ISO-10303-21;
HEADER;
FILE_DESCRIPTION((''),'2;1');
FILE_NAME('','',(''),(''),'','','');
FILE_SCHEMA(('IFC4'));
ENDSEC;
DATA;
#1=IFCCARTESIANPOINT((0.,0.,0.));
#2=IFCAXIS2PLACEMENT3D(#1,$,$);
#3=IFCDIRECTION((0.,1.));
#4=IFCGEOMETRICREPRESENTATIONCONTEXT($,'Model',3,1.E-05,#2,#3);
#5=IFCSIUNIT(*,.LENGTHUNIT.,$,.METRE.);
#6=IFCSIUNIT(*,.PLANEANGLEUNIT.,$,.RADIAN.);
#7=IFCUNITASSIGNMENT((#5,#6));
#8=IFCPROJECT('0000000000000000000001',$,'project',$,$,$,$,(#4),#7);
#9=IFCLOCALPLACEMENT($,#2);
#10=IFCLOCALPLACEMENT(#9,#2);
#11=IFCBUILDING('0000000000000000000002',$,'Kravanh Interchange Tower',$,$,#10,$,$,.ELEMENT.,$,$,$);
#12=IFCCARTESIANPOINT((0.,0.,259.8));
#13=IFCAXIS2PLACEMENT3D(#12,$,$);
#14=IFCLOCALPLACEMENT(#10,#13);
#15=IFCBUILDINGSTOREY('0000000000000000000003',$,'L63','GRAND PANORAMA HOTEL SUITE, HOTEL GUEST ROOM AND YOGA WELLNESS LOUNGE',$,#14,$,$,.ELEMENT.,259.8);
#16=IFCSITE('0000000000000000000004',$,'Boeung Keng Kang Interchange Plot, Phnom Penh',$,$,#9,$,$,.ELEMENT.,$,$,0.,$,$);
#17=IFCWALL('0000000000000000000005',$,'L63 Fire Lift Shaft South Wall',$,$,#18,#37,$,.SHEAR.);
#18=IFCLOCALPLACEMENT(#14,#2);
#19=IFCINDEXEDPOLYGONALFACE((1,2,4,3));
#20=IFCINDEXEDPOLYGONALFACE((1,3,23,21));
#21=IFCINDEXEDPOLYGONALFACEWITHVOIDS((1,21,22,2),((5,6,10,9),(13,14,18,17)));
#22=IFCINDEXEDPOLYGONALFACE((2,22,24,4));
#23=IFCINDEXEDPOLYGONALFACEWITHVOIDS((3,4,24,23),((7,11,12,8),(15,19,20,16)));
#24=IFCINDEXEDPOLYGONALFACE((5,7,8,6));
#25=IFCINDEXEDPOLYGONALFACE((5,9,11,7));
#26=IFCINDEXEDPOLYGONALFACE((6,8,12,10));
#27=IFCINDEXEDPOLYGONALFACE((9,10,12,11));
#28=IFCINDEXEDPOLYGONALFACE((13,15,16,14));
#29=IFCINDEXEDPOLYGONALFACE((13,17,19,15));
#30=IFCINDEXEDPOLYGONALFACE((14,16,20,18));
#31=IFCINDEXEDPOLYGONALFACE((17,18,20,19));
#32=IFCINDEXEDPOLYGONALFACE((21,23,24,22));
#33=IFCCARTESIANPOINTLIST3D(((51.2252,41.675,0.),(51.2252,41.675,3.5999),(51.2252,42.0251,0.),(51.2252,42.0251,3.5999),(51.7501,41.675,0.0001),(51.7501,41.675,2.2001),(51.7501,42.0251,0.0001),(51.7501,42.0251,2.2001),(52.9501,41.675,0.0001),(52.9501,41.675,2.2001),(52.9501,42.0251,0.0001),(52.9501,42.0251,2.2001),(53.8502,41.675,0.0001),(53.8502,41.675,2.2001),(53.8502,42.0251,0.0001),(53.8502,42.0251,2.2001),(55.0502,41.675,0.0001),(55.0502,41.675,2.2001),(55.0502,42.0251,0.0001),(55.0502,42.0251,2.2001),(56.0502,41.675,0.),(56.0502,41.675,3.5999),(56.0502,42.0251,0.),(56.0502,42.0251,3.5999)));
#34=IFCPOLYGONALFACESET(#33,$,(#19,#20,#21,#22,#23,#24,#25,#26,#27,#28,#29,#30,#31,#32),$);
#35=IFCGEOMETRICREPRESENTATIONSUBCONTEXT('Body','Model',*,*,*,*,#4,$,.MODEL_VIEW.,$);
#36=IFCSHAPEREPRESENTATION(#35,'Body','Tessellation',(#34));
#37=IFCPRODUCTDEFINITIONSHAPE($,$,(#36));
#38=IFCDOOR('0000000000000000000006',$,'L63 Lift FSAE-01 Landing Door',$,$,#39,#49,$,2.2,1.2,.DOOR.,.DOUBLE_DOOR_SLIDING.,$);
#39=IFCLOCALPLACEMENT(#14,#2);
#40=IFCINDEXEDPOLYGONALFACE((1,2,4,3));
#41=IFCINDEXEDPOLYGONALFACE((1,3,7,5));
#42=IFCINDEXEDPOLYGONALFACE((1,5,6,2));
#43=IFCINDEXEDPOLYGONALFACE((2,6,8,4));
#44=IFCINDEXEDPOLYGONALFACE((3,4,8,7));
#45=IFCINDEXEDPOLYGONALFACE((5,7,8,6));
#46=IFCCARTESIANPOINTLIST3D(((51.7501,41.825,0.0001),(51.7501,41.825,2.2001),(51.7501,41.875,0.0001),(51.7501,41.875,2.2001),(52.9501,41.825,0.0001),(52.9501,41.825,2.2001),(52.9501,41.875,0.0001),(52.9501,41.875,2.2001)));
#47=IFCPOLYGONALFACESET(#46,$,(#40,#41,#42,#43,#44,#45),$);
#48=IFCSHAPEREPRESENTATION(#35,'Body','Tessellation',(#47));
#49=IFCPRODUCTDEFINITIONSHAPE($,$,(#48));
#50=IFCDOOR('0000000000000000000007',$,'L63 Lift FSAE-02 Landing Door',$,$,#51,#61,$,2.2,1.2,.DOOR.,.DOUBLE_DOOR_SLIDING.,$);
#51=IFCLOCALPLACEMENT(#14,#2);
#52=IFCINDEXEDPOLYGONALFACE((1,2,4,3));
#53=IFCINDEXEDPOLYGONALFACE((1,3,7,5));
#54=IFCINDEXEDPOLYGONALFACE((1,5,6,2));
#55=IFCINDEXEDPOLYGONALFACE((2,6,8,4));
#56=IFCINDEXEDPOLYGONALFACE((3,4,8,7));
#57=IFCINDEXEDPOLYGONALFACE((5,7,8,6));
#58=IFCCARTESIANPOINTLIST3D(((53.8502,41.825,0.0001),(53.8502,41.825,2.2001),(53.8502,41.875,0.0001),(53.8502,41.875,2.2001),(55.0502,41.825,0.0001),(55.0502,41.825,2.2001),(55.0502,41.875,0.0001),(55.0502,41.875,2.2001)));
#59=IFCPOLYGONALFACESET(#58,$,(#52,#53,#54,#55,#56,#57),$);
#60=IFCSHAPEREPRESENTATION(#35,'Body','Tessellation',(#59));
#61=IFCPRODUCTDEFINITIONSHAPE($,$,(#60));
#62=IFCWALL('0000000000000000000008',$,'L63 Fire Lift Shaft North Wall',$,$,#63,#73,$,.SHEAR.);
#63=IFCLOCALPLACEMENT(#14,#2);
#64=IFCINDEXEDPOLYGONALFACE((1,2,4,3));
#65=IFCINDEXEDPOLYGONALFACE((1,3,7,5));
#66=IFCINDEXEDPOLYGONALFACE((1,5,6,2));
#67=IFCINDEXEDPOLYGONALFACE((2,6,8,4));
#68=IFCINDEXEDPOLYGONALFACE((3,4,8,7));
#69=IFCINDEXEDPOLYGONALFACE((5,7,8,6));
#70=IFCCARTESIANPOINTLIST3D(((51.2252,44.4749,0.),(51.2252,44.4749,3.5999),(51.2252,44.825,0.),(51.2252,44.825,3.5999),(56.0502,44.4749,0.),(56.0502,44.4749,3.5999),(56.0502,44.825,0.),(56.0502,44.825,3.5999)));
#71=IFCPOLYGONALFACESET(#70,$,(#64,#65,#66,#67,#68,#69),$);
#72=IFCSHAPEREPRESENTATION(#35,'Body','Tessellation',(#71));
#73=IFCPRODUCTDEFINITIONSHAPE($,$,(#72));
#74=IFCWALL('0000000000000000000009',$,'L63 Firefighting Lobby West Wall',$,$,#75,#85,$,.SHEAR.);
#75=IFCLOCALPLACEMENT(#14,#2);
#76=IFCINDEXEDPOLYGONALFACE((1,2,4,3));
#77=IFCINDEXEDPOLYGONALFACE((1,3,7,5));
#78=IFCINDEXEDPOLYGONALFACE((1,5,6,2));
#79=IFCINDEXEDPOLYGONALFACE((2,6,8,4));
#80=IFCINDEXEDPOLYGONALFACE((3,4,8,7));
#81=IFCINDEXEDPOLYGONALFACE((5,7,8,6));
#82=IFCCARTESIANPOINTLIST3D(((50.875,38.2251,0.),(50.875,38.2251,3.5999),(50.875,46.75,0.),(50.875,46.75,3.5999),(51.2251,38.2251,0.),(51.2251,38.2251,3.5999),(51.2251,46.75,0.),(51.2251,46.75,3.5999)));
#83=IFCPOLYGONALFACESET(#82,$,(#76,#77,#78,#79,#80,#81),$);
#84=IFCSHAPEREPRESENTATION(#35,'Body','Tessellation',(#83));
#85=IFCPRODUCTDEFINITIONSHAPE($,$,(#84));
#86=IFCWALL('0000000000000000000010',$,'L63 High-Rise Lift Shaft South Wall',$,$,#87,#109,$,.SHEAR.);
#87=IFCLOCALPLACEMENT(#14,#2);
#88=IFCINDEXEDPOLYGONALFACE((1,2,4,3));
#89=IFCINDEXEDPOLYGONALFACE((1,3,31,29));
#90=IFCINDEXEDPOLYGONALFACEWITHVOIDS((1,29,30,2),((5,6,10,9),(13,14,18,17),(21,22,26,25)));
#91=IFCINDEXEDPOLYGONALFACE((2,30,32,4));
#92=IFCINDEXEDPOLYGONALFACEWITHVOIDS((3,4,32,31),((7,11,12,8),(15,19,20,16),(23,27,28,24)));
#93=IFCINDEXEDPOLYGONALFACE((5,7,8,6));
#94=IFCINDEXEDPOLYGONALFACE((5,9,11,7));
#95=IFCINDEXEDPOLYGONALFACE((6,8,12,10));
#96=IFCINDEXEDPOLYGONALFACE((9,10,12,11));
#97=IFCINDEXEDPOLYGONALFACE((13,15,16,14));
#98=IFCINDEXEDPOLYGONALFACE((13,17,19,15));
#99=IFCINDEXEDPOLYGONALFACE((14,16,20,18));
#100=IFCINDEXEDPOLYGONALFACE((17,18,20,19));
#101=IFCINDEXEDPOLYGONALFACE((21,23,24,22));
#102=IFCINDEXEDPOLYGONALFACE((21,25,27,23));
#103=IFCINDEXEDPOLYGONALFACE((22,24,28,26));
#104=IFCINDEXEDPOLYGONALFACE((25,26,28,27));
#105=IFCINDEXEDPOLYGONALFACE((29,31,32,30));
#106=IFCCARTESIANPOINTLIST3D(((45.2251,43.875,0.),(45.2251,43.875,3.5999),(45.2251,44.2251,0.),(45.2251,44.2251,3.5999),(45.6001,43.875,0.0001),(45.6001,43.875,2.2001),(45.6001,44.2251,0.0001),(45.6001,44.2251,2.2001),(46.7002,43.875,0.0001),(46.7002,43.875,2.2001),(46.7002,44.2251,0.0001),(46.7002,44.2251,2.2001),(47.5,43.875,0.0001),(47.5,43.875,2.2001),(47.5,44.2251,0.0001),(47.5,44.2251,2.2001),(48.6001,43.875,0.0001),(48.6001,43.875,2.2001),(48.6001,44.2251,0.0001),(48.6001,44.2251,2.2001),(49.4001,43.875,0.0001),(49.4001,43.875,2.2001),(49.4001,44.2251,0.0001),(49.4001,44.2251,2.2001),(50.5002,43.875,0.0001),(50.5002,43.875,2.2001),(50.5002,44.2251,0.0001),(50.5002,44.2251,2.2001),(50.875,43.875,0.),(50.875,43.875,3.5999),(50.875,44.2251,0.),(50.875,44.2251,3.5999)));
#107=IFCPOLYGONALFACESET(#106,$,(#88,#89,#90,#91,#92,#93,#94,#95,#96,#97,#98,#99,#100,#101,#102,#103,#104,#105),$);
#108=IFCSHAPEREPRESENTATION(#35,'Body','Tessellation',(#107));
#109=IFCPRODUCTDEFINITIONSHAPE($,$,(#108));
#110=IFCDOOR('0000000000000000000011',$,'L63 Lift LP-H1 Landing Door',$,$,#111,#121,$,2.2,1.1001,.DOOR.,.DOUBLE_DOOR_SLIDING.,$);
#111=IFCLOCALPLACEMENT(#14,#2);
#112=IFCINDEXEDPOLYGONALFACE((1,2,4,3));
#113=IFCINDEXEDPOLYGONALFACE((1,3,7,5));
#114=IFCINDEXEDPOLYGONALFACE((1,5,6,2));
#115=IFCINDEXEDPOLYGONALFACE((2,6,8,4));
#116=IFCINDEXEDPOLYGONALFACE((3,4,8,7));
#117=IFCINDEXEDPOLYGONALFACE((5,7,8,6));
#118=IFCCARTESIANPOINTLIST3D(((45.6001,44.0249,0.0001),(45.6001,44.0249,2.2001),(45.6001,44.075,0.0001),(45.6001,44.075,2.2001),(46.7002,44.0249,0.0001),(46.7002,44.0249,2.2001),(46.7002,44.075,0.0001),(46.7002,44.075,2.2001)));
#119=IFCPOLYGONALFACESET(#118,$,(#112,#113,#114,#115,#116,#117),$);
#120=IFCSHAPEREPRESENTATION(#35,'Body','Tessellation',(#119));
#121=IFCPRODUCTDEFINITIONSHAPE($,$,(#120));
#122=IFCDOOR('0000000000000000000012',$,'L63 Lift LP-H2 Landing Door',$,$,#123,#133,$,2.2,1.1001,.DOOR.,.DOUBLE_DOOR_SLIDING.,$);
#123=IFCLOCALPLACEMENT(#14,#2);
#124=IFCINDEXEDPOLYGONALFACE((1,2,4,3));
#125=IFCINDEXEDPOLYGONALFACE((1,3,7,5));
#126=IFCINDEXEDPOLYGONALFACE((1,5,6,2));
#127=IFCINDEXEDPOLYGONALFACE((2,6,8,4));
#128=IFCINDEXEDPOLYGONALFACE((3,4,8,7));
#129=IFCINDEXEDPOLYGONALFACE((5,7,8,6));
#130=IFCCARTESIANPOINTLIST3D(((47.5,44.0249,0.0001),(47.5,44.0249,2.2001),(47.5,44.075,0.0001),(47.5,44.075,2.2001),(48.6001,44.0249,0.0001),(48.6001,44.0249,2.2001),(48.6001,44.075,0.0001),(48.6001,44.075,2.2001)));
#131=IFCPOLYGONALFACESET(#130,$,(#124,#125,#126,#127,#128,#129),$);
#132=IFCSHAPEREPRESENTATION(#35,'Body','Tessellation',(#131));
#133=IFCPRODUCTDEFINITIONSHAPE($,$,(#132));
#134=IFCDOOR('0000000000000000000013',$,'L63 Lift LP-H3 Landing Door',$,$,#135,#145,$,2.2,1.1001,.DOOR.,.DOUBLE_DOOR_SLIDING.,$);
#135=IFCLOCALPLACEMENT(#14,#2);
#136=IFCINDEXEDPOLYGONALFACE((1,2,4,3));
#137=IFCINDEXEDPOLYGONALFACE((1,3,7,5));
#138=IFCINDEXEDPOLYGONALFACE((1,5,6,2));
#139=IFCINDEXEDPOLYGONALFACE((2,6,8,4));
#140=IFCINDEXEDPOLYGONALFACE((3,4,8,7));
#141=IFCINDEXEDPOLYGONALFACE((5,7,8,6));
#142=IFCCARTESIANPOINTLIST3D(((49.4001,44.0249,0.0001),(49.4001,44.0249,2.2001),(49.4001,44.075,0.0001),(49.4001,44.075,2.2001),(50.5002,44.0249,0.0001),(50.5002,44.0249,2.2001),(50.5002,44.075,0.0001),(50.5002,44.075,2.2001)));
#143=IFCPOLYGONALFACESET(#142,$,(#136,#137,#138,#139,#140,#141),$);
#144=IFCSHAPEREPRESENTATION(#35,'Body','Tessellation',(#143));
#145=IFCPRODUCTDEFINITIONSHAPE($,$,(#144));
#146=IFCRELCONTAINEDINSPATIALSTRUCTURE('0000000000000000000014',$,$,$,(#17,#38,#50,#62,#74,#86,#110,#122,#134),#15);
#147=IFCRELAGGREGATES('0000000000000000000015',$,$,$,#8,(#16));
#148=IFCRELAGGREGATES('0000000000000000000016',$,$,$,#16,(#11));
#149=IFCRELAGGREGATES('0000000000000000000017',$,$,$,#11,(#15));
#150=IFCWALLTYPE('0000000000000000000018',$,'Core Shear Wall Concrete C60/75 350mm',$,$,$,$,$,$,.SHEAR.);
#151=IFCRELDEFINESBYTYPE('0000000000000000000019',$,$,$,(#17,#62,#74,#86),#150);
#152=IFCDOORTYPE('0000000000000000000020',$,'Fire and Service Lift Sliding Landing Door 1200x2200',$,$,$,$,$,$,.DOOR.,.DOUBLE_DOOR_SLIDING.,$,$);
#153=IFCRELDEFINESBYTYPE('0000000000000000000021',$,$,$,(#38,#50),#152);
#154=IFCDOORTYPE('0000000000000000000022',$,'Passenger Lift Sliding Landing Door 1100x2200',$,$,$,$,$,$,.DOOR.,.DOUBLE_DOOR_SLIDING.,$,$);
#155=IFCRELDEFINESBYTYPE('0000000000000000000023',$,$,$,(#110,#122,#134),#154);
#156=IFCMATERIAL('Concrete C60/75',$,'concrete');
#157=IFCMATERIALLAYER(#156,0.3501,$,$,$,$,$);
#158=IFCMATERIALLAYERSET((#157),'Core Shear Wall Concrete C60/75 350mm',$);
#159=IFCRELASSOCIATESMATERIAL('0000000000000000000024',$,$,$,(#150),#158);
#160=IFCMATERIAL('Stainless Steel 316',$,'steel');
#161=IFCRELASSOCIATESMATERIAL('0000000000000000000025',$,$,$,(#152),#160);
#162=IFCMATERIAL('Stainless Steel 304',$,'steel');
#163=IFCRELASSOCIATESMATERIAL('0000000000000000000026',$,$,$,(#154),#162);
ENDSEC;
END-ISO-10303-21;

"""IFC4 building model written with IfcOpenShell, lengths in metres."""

from ifc_helpers import new_model, si_unit, direction, frame, frame_2d, origin, place, context, subcontext, project, spatial, rectangle, extrude, material, layer, layer_set, type_object, element, fill, save


model = new_model("IFC4")

# Units and contexts
model_context = context("Model", 3, precision=1e-05, world=origin(), true_north=direction((0.0, 1.0)))
body_context = subcontext(model_context, "Body", "Model", "MODEL_VIEW")
ifc_project = project(units=[si_unit("LENGTHUNIT", "METRE"), si_unit("PLANEANGLEUNIT", "RADIAN")], contexts=[model_context])

# Site, building, storey
site_placement = place(None, origin())
site = spatial("IfcSite", under=ifc_project, at=site_placement, Name="Boeung Keng Kang Interchange Plot, Phnom Penh", CompositionType="ELEMENT", RefElevation=0.0)
building_placement = place(site_placement, origin())
building = spatial("IfcBuilding", under=site, at=building_placement, Name="Kravanh Interchange Tower", CompositionType="ELEMENT")
storey_placement = place(building_placement, frame((0.0, 0.0, 259.8)))
storey = spatial("IfcBuildingStorey", under=building, at=storey_placement, Name="L63", Description="GRAND PANORAMA HOTEL SUITE, HOTEL GUEST ROOM AND YOGA WELLNESS LOUNGE", CompositionType="ELEMENT", Elevation=259.8)

# Shared definitions
ifc_material_1 = material(Name="Concrete C60/75", Category="concrete")
ifc_layer_1 = layer(ifc_material_1, 0.3501)
ifc_layer_set_1 = layer_set([ifc_layer_1], Name="Core Shear Wall Concrete C60/75 350mm")
wall_type_1 = type_object("IfcWallType", Name="Core Shear Wall Concrete C60/75 350mm", PredefinedType="SHEAR", material=ifc_layer_set_1)

# Wall, openings, doors
wall_1_placement = place(storey_placement, frame((51.2251, 41.8501, 0.0), z_axis=(0.0, 0.0, 1.0), x_axis=(1.0, 0.0, 0.0)))
wall_1 = element("IfcWall", 1, at=wall_1_placement, inside=storey, type_object=wall_type_1, Name="L63 Fire Lift Shaft South Wall", PredefinedType="SHEAR", context=body_context, shape_type="SweptSolid", body=[
    extrude(rectangle(XDim=4.825, YDim=0.3501, at=frame_2d((2.4126, 0.0))), origin(), (0.0, 0.0, 1.0), 3.5999),
])
opening_1_placement = place(wall_1_placement, frame((0.5249, 0.0, 0.0)))
opening_1 = element("IfcOpeningElement", 2, at=opening_1_placement, cuts=wall_1, PredefinedType="OPENING", context=body_context, shape_type="SweptSolid", body=[
    extrude(rectangle(XDim=1.2, YDim=2.2, at=frame_2d((0.6001, 1.1001))), frame((0.0, 0.1851, 0.0), z_axis=(0.0, -1.0, 0.0), x_axis=(1.0, 0.0, 0.0)), (0.0, 0.0, 1.0), 0.3701),
])
opening_2_placement = place(wall_1_placement, frame((2.625, 0.0, 0.0)))
opening_2 = element("IfcOpeningElement", 3, at=opening_2_placement, cuts=wall_1, PredefinedType="OPENING", context=body_context, shape_type="SweptSolid", body=[
    extrude(rectangle(XDim=1.2, YDim=2.2, at=frame_2d((0.6001, 1.1001))), frame((0.0, 0.1851, 0.0), z_axis=(0.0, -1.0, 0.0), x_axis=(1.0, 0.0, 0.0)), (0.0, 0.0, 1.0), 0.3701),
])
ifc_material_2 = material(Name="Stainless Steel 316", Category="steel")
door_type_1 = type_object("IfcDoorType", Name="Fire and Service Lift Sliding Landing Door 1200x2200", OperationType="DOUBLE_DOOR_SLIDING", PredefinedType="DOOR", material=ifc_material_2)
door_1_placement = place(opening_1_placement, origin())
door_1 = element("IfcDoor", 4, at=door_1_placement, inside=storey, type_object=door_type_1, Name="L63 Lift FSAE-01 Landing Door", OperationType="DOUBLE_DOOR_SLIDING", OverallHeight=2.2, OverallWidth=1.2, PredefinedType="DOOR", context=body_context, shape_type="SweptSolid", body=[
    extrude(rectangle(XDim=1.2, YDim=2.2, at=frame_2d((0.6001, 1.1001))), frame((0.0, 0.0249, 0.0), z_axis=(0.0, -1.0, 0.0), x_axis=(1.0, 0.0, 0.0)), (0.0, 0.0, 1.0), 0.05),
])
fill(opening_1, door_1)
door_2_placement = place(opening_2_placement, origin())
door_2 = element("IfcDoor", 5, at=door_2_placement, inside=storey, type_object=door_type_1, Name="L63 Lift FSAE-02 Landing Door", OperationType="DOUBLE_DOOR_SLIDING", OverallHeight=2.2, OverallWidth=1.2, PredefinedType="DOOR", context=body_context, shape_type="SweptSolid", body=[
    extrude(rectangle(XDim=1.2, YDim=2.2, at=frame_2d((0.6001, 1.1001))), frame((0.0, 0.0249, 0.0), z_axis=(0.0, -1.0, 0.0), x_axis=(1.0, 0.0, 0.0)), (0.0, 0.0, 1.0), 0.05),
])
fill(opening_2, door_2)

# Walls
wall_2_placement = place(storey_placement, frame((51.2251, 44.6499, 0.0), z_axis=(0.0, 0.0, 1.0), x_axis=(1.0, 0.0, 0.0)))
element("IfcWall", 6, at=wall_2_placement, inside=storey, type_object=wall_type_1, Name="L63 Fire Lift Shaft North Wall", PredefinedType="SHEAR", context=body_context, shape_type="SweptSolid", body=[
    extrude(rectangle(XDim=4.825, YDim=0.3501, at=frame_2d((2.4126, 0.0))), origin(), (0.0, 0.0, 1.0), 3.5999),
])
wall_3_placement = place(storey_placement, frame((51.05, 38.2251, 0.0), z_axis=(0.0, 0.0, 1.0), x_axis=(0.0, 1.0, 0.0)))
element("IfcWall", 7, at=wall_3_placement, inside=storey, type_object=wall_type_1, Name="L63 Firefighting Lobby West Wall", PredefinedType="SHEAR", context=body_context, shape_type="SweptSolid", body=[
    extrude(rectangle(XDim=8.5249, YDim=0.3501, at=frame_2d((4.2625, 0.0))), origin(), (0.0, 0.0, 1.0), 3.5999),
])

# Wall, openings, doors
wall_4_placement = place(storey_placement, frame((45.2251, 44.05, 0.0), z_axis=(0.0, 0.0, 1.0), x_axis=(1.0, 0.0, 0.0)))
wall_4 = element("IfcWall", 8, at=wall_4_placement, inside=storey, type_object=wall_type_1, Name="L63 High-Rise Lift Shaft South Wall", PredefinedType="SHEAR", context=body_context, shape_type="SweptSolid", body=[
    extrude(rectangle(XDim=5.6499, YDim=0.3501, at=frame_2d((2.825, 0.0))), origin(), (0.0, 0.0, 1.0), 3.5999),
])
opening_3_placement = place(wall_4_placement, frame((0.375, 0.0, 0.0)))
opening_3 = element("IfcOpeningElement", 9, at=opening_3_placement, cuts=wall_4, PredefinedType="OPENING", context=body_context, shape_type="SweptSolid", body=[
    extrude(rectangle(XDim=1.1001, YDim=2.2, at=frame_2d((0.55, 1.1001))), frame((0.0, 0.1851, 0.0), z_axis=(0.0, -1.0, 0.0), x_axis=(1.0, 0.0, 0.0)), (0.0, 0.0, 1.0), 0.3701),
])
opening_4_placement = place(wall_4_placement, frame((2.2749, 0.0, 0.0)))
opening_4 = element("IfcOpeningElement", 10, at=opening_4_placement, cuts=wall_4, PredefinedType="OPENING", context=body_context, shape_type="SweptSolid", body=[
    extrude(rectangle(XDim=1.1001, YDim=2.2, at=frame_2d((0.55, 1.1001))), frame((0.0, 0.1851, 0.0), z_axis=(0.0, -1.0, 0.0), x_axis=(1.0, 0.0, 0.0)), (0.0, 0.0, 1.0), 0.3701),
])
opening_5_placement = place(wall_4_placement, frame((4.175, 0.0, 0.0)))
opening_5 = element("IfcOpeningElement", 11, at=opening_5_placement, cuts=wall_4, PredefinedType="OPENING", context=body_context, shape_type="SweptSolid", body=[
    extrude(rectangle(XDim=1.1001, YDim=2.2, at=frame_2d((0.55, 1.1001))), frame((0.0, 0.1851, 0.0), z_axis=(0.0, -1.0, 0.0), x_axis=(1.0, 0.0, 0.0)), (0.0, 0.0, 1.0), 0.3701),
])
ifc_material_3 = material(Name="Stainless Steel 304", Category="steel")
door_type_2 = type_object("IfcDoorType", Name="Passenger Lift Sliding Landing Door 1100x2200", OperationType="DOUBLE_DOOR_SLIDING", PredefinedType="DOOR", material=ifc_material_3)
door_3_placement = place(opening_3_placement, origin())
door_3 = element("IfcDoor", 12, at=door_3_placement, inside=storey, type_object=door_type_2, Name="L63 Lift LP-H1 Landing Door", OperationType="DOUBLE_DOOR_SLIDING", OverallHeight=2.2, OverallWidth=1.1001, PredefinedType="DOOR", context=body_context, shape_type="SweptSolid", body=[
    extrude(rectangle(XDim=1.1001, YDim=2.2, at=frame_2d((0.55, 1.1001))), frame((0.0, 0.0249, 0.0), z_axis=(0.0, -1.0, 0.0), x_axis=(1.0, 0.0, 0.0)), (0.0, 0.0, 1.0), 0.05),
])
fill(opening_3, door_3)
door_4_placement = place(opening_4_placement, origin())
door_4 = element("IfcDoor", 13, at=door_4_placement, inside=storey, type_object=door_type_2, Name="L63 Lift LP-H2 Landing Door", OperationType="DOUBLE_DOOR_SLIDING", OverallHeight=2.2, OverallWidth=1.1001, PredefinedType="DOOR", context=body_context, shape_type="SweptSolid", body=[
    extrude(rectangle(XDim=1.1001, YDim=2.2, at=frame_2d((0.55, 1.1001))), frame((0.0, 0.0249, 0.0), z_axis=(0.0, -1.0, 0.0), x_axis=(1.0, 0.0, 0.0)), (0.0, 0.0, 1.0), 0.05),
])
fill(opening_4, door_4)
door_5_placement = place(opening_5_placement, origin())
door_5 = element("IfcDoor", 14, at=door_5_placement, inside=storey, type_object=door_type_2, Name="L63 Lift LP-H3 Landing Door", OperationType="DOUBLE_DOOR_SLIDING", OverallHeight=2.2, OverallWidth=1.1001, PredefinedType="DOOR", context=body_context, shape_type="SweptSolid", body=[
    extrude(rectangle(XDim=1.1001, YDim=2.2, at=frame_2d((0.55, 1.1001))), frame((0.0, 0.0249, 0.0), z_axis=(0.0, -1.0, 0.0), x_axis=(1.0, 0.0, 0.0)), (0.0, 0.0, 1.0), 0.05),
])
fill(opening_5, door_5)

save(model, "model.ifc")
